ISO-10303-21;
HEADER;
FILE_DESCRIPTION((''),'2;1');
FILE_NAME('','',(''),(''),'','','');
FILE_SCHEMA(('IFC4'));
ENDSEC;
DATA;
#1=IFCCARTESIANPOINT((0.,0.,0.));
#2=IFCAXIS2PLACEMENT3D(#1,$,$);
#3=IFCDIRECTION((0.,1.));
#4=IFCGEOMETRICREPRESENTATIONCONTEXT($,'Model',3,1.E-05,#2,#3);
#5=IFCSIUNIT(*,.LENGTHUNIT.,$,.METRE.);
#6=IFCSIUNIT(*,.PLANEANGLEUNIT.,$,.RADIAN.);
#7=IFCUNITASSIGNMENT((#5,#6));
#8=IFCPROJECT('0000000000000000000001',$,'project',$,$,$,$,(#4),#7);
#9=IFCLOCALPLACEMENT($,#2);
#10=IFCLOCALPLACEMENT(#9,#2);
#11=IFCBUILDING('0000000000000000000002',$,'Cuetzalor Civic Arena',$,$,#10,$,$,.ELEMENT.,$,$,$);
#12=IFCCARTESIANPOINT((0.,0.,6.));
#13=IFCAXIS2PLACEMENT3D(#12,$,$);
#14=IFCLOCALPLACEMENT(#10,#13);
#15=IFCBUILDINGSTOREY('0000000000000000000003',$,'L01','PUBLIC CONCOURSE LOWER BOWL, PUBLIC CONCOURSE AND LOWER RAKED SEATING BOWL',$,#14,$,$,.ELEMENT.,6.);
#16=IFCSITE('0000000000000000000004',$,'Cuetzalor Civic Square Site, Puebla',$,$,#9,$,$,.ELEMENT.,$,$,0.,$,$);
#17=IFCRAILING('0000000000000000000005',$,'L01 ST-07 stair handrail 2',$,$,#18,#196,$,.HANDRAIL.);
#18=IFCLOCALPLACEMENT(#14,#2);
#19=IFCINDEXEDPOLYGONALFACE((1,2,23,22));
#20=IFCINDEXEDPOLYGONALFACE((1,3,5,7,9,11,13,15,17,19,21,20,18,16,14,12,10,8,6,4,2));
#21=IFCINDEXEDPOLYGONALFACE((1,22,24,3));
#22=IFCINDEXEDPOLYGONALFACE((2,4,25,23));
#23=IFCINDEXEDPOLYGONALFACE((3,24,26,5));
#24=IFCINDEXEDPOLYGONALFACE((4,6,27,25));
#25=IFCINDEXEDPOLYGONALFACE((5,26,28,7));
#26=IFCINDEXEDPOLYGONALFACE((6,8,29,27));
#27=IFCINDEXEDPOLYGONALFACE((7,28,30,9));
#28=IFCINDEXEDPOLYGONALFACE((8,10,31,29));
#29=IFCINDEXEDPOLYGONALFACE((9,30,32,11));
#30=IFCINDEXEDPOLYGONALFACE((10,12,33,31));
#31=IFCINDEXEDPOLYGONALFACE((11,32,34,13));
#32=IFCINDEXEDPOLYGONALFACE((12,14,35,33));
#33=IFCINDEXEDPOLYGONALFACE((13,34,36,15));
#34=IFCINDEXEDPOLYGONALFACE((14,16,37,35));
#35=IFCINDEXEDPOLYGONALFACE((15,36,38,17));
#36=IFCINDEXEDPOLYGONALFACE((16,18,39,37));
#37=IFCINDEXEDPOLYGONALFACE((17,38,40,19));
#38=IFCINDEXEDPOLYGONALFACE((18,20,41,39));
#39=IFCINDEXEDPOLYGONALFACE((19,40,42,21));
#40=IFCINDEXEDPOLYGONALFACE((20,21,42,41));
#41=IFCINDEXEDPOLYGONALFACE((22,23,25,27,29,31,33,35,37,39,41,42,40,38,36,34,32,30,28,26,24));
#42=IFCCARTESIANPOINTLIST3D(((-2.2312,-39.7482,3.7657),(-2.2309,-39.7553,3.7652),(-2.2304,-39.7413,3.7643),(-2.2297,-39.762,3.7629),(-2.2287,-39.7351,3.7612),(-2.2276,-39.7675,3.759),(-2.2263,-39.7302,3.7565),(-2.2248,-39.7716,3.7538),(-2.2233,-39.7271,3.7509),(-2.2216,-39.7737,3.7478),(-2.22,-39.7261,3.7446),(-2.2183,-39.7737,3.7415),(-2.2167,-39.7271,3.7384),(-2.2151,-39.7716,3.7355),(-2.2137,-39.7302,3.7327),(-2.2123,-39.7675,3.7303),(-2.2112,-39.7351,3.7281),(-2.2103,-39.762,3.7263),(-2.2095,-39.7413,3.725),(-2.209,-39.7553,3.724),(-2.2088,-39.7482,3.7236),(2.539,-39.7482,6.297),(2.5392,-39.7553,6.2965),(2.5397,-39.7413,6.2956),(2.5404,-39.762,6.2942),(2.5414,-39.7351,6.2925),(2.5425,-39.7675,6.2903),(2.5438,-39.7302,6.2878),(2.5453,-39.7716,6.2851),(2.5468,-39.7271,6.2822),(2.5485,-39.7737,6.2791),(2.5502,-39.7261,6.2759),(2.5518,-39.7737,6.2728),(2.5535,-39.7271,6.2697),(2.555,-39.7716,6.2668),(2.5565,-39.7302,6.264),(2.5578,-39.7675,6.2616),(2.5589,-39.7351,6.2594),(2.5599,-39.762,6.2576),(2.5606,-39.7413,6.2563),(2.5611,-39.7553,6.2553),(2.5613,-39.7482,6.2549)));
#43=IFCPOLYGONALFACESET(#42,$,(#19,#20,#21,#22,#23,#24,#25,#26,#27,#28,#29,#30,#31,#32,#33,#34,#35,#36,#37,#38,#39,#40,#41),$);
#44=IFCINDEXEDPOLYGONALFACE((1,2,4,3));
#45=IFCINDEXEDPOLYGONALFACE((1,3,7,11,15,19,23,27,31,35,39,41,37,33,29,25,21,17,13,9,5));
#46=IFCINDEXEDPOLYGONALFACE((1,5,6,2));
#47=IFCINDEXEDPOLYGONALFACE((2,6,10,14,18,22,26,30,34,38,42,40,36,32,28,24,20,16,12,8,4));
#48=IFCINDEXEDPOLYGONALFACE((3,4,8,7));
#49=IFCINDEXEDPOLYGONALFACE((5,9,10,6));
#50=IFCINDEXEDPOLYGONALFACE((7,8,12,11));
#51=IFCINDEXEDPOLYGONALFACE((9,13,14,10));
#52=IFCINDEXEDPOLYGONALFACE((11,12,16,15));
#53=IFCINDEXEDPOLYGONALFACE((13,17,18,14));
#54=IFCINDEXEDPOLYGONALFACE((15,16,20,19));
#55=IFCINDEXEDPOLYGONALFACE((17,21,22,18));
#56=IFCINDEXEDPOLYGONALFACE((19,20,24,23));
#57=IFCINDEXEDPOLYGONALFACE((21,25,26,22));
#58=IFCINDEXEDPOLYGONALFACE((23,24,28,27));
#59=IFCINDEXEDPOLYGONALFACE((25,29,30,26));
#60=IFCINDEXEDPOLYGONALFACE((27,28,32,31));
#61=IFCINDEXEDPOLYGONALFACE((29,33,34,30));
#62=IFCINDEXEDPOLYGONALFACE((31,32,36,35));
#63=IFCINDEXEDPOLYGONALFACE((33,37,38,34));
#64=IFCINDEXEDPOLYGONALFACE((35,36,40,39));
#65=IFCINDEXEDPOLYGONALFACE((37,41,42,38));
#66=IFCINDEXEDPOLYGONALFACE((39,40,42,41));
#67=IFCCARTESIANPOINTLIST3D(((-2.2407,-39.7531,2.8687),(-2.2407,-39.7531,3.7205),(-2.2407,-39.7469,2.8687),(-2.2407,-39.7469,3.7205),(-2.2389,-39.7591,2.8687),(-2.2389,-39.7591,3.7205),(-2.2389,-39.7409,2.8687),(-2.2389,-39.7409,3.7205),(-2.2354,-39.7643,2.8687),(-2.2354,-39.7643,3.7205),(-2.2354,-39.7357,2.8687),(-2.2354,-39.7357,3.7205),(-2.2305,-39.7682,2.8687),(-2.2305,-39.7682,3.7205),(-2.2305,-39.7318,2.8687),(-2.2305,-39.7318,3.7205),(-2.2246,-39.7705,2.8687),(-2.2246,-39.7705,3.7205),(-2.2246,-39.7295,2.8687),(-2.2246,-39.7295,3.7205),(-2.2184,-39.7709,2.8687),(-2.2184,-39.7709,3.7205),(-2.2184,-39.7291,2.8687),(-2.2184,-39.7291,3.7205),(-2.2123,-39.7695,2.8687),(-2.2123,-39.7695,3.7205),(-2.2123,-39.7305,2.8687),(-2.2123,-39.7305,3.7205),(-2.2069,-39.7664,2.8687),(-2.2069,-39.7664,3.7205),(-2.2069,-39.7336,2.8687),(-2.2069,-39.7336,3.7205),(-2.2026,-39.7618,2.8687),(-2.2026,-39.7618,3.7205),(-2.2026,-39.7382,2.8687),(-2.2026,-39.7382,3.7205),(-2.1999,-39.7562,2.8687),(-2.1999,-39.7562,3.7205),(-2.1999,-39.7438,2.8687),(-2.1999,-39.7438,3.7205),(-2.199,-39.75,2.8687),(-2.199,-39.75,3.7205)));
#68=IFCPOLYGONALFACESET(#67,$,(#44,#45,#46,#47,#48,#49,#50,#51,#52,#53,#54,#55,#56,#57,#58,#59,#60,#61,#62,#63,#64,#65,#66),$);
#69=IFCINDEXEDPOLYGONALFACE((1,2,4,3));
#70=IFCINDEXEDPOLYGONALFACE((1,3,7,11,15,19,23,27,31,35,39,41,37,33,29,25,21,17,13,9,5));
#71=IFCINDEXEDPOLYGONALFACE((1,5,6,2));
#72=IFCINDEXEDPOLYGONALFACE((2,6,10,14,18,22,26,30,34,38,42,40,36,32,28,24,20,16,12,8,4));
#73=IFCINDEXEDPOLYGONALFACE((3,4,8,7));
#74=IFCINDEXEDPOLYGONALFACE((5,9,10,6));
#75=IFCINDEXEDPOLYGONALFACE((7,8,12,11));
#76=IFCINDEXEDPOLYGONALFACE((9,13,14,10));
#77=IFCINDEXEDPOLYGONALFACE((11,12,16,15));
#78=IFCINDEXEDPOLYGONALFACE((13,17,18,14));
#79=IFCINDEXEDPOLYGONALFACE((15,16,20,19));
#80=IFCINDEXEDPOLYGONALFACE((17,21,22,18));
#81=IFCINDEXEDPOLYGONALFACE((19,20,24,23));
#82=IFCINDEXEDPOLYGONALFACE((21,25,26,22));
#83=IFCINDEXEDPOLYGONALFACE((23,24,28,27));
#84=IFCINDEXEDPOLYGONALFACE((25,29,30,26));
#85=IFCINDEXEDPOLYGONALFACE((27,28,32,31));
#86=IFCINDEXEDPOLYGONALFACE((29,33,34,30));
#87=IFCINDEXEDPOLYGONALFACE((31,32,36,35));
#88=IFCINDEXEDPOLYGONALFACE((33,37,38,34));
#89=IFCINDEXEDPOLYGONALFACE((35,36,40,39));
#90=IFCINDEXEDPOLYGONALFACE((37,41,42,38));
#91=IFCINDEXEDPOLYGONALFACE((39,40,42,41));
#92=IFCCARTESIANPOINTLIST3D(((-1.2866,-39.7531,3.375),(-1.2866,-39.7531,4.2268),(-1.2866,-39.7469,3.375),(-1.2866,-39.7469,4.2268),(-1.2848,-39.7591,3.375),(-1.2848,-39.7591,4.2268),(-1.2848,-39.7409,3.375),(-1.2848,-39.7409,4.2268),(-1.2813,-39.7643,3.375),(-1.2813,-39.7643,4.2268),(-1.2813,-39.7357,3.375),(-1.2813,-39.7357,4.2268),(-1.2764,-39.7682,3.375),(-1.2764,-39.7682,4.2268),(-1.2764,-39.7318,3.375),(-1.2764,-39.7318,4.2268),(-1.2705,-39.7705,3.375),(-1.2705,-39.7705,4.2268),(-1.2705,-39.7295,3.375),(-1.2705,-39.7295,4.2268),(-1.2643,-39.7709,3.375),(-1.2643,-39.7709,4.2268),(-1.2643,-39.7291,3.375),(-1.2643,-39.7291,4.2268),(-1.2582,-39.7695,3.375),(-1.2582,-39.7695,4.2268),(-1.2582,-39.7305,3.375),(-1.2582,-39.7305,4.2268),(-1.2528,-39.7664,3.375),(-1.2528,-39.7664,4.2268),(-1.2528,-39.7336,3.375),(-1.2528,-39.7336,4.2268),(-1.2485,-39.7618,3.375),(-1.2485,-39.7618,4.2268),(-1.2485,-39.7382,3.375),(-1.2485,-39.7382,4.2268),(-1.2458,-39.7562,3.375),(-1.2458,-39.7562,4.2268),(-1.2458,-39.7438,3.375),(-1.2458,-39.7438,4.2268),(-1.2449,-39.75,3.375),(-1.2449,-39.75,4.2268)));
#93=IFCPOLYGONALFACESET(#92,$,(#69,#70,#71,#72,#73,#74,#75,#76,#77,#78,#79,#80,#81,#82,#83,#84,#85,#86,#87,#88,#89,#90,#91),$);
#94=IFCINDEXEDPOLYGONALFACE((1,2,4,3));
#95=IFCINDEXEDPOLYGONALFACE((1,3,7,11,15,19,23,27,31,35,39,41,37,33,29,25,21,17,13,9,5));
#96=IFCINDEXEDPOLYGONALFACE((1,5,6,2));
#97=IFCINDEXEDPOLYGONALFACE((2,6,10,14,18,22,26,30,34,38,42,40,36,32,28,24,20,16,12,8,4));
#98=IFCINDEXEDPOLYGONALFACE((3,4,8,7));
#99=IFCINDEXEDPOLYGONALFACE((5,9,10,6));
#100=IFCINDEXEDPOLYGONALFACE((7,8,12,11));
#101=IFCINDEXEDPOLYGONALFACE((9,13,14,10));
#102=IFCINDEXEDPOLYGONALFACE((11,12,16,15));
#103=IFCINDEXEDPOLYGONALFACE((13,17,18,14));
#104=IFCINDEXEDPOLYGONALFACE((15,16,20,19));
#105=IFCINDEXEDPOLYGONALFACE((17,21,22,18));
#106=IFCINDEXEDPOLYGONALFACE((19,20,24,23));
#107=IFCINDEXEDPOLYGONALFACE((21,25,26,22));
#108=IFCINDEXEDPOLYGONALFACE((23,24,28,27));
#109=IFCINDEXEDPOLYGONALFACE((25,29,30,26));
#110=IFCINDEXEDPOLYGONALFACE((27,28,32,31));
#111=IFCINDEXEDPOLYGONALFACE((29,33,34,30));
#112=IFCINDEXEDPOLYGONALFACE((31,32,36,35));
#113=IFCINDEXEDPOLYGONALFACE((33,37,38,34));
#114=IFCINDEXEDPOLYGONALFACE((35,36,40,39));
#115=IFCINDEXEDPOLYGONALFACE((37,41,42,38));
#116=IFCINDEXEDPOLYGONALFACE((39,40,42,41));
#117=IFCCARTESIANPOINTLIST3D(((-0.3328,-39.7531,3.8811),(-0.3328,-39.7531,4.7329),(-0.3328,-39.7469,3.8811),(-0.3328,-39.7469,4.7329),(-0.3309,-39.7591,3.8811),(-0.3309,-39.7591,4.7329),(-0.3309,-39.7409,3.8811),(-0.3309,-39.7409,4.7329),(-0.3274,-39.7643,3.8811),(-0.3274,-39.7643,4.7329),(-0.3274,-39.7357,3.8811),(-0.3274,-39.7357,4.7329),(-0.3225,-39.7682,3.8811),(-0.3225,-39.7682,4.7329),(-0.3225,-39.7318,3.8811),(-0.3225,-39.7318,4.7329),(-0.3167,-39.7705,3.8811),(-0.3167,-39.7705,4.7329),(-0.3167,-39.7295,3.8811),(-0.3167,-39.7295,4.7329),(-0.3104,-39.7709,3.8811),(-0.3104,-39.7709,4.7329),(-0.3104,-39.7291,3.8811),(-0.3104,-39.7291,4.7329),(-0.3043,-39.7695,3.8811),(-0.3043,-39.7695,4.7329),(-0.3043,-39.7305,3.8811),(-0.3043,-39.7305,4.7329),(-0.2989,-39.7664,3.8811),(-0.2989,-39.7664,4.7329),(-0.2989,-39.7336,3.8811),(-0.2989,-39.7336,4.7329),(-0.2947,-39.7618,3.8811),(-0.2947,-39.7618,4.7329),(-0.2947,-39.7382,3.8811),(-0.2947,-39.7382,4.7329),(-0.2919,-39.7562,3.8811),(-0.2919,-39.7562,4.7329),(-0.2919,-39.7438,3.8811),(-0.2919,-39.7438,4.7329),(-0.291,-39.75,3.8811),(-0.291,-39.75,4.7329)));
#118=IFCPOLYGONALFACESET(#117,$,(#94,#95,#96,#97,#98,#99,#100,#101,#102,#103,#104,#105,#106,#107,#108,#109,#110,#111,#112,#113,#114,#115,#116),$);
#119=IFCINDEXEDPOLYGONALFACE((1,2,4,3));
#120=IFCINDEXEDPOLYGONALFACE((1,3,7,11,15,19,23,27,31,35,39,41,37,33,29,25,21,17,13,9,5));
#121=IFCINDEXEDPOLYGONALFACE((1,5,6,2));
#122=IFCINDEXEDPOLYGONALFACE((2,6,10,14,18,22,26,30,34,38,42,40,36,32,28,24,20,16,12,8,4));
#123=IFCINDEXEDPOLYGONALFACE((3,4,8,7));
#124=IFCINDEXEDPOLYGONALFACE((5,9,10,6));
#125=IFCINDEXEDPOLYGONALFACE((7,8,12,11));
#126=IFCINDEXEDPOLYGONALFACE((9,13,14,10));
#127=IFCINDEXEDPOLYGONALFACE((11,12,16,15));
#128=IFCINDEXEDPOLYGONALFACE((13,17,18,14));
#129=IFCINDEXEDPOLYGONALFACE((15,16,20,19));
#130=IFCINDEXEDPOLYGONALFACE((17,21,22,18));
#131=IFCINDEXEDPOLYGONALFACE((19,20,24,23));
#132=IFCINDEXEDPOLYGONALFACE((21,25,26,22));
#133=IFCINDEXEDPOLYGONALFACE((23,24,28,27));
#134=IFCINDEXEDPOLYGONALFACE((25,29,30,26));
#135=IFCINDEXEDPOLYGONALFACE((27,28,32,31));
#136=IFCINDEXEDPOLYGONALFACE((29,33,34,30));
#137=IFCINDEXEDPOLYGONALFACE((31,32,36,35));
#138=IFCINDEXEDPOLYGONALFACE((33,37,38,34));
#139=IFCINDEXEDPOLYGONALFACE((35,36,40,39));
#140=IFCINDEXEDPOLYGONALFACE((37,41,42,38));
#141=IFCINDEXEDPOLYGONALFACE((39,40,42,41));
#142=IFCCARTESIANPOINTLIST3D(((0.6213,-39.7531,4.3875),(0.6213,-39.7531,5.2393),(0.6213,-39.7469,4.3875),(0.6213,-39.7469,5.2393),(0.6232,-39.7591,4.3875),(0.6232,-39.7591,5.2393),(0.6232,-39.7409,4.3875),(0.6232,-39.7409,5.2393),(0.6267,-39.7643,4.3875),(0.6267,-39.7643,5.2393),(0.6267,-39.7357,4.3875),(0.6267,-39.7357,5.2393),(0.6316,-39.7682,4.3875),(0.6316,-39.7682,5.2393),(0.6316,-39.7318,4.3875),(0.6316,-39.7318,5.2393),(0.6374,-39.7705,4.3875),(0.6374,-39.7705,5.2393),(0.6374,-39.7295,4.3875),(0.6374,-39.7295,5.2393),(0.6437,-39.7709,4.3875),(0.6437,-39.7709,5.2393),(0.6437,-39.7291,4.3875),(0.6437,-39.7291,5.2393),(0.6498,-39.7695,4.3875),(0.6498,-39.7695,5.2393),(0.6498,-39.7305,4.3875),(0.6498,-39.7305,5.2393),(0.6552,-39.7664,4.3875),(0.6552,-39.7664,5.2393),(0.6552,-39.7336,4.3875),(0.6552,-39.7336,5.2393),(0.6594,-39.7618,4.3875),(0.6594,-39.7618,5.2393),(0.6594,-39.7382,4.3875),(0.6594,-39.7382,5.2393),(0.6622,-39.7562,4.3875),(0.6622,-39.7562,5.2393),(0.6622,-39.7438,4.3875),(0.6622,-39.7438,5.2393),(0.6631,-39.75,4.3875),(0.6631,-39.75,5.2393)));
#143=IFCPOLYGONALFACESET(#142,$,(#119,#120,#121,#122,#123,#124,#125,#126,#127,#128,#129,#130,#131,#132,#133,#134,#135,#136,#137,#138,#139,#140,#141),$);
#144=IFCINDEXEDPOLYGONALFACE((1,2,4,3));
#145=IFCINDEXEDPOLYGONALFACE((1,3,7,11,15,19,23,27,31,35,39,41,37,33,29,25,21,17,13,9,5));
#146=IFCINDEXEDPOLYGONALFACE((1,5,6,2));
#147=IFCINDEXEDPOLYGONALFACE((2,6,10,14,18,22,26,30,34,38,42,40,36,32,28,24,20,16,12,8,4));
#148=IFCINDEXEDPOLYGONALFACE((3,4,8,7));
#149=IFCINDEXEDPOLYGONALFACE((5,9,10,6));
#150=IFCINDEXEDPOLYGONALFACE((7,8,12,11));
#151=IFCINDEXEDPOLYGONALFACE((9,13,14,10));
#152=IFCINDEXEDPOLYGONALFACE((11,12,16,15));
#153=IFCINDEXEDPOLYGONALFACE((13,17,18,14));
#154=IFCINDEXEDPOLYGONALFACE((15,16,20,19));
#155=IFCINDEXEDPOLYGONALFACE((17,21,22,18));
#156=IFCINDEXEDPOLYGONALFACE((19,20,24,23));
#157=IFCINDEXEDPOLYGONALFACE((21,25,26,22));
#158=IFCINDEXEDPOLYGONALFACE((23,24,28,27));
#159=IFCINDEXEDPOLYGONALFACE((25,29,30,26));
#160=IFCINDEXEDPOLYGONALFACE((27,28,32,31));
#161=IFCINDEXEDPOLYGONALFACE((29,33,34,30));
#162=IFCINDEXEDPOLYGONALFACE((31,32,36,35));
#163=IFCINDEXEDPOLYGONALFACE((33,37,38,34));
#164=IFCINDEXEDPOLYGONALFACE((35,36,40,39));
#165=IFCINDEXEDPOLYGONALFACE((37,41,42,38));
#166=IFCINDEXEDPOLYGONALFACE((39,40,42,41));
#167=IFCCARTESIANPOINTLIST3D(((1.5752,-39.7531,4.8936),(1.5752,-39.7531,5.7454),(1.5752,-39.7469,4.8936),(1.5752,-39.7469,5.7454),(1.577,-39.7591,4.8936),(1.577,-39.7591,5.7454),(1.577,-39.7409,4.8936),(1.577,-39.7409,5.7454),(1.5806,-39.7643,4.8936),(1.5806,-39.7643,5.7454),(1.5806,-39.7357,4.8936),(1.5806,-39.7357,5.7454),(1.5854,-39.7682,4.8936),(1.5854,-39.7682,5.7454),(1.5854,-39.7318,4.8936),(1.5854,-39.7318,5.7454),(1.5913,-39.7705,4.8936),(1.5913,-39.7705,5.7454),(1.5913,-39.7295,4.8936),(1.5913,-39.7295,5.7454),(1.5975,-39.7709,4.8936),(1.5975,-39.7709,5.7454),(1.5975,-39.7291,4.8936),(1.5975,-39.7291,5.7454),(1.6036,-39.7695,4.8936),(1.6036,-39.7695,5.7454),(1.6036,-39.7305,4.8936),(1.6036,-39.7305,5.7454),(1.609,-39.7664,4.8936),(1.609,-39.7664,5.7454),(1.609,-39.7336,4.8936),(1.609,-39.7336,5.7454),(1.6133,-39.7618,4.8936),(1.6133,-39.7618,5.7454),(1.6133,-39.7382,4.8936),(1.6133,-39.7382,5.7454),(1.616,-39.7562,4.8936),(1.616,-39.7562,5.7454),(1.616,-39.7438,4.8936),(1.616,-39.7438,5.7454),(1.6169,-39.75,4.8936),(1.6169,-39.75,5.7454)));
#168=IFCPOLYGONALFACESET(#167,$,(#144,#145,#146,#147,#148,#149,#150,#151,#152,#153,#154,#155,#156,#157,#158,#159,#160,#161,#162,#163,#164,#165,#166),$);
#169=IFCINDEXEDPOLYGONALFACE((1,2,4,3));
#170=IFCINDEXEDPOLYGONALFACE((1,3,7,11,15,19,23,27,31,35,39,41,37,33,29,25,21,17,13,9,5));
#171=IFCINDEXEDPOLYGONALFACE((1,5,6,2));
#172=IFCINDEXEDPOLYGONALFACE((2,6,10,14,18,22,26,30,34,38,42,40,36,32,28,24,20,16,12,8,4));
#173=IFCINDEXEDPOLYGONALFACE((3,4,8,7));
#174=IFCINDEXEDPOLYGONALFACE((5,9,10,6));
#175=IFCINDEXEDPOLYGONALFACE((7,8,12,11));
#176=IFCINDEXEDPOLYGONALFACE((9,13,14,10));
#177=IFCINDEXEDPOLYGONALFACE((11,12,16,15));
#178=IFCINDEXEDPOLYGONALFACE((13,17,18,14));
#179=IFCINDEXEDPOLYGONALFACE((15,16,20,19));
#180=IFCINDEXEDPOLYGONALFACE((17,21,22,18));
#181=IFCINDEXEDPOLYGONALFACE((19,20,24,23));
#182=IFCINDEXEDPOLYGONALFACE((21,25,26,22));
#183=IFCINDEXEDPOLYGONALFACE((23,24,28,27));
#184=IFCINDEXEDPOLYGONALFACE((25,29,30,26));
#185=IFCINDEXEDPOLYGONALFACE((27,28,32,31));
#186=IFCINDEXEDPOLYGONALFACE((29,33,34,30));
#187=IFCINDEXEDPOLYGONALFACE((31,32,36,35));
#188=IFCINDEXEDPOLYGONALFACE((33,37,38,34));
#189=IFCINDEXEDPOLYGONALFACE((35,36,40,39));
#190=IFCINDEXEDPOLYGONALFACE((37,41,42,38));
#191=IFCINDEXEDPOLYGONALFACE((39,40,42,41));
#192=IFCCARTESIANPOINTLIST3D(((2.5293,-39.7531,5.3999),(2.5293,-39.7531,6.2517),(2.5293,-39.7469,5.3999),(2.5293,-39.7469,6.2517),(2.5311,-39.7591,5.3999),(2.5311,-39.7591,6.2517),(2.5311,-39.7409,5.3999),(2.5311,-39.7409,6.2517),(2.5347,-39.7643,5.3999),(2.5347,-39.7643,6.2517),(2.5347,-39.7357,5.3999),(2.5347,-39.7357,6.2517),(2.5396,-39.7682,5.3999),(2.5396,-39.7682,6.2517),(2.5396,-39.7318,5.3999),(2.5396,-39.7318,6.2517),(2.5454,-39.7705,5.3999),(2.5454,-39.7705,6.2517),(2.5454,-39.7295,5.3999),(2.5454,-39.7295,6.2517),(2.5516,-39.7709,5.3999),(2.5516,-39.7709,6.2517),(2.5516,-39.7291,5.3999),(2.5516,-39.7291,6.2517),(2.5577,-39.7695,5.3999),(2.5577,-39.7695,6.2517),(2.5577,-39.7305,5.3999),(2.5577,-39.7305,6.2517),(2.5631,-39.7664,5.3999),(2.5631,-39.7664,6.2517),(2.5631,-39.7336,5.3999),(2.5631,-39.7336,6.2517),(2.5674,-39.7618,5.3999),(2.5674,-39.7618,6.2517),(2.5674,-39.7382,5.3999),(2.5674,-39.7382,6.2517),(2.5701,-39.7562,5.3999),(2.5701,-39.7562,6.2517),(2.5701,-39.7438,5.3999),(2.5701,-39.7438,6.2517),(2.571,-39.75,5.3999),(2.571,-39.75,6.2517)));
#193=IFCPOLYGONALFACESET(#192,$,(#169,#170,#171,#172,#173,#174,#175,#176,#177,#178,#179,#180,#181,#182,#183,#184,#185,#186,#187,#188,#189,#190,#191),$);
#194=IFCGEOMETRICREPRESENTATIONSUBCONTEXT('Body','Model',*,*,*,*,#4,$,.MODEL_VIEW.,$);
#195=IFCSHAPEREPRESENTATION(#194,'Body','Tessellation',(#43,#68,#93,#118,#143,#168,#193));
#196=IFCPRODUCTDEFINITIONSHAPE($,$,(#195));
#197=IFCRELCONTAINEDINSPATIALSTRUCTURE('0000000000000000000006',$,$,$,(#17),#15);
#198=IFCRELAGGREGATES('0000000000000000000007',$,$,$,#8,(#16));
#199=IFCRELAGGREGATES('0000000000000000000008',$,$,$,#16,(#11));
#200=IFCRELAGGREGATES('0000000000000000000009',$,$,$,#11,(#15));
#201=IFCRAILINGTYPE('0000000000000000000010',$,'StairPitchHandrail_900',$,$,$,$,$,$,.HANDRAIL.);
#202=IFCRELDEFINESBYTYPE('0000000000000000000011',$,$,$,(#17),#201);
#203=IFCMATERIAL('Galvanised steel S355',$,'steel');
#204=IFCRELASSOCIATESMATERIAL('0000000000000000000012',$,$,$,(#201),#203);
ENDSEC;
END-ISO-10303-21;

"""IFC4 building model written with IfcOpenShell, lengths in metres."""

from ifc_helpers import new_model, si_unit, direction, frame, origin, origin_2d, place, context, subcontext, project, spatial, circle, extrude, material, type_object, element, save


model = new_model("IFC4")

# Units and contexts
model_context = context("Model", 3, precision=1e-05, world=origin(), true_north=direction((0.0, 1.0)))
body_context = subcontext(model_context, "Body", "Model", "MODEL_VIEW")
ifc_project = project(units=[si_unit("LENGTHUNIT", "METRE"), si_unit("PLANEANGLEUNIT", "RADIAN")], contexts=[model_context])

# Site, building, storey
site_placement = place(None, origin())
site = spatial("IfcSite", under=ifc_project, at=site_placement, Name="Cuetzalor Civic Square Site, Puebla", CompositionType="ELEMENT", RefElevation=0.0)
building_placement = place(site_placement, origin())
building = spatial("IfcBuilding", under=site, at=building_placement, Name="Cuetzalor Civic Arena", CompositionType="ELEMENT")
storey_placement = place(building_placement, frame((0.0, 0.0, 6.0)))
storey = spatial("IfcBuildingStorey", under=building, at=storey_placement, Name="L01", Description="PUBLIC CONCOURSE LOWER BOWL, PUBLIC CONCOURSE AND LOWER RAKED SEATING BOWL", CompositionType="ELEMENT", Elevation=6.0)

# Railing
ifc_material_1 = material(Name="Galvanised steel S355", Category="steel")
railing_type_1 = type_object("IfcRailingType", Name="StairPitchHandrail_900", PredefinedType="HANDRAIL", material=ifc_material_1)
railing_1_placement = place(storey_placement, frame((-2.22, -39.75, 2.8687)))
element("IfcRailing", 1, at=railing_1_placement, inside=storey, type_object=railing_type_1, Name="L01 ST-07 stair handrail 2", PredefinedType="HANDRAIL", context=body_context, shape_type="SweptSolid", body=[
    extrude(circle(Radius=0.0239, at=origin_2d()), frame((0.0, 0.0, 0.876), z_axis=(0.883332, 0.0, 0.468747), x_axis=(0.0, 1.0, 0.0)), (0.0, 0.0, 1.0), 5.4001),
    extrude(circle(Radius=0.021, at=origin_2d()), origin(), (0.0, 0.0, 1.0), 0.8518),
    extrude(circle(Radius=0.021, at=origin_2d()), frame((0.9541, 0.0, 0.5063)), (0.0, 0.0, 1.0), 0.8518),
    extrude(circle(Radius=0.021, at=origin_2d()), frame((1.908, 0.0, 1.0125)), (0.0, 0.0, 1.0), 0.8518),
    extrude(circle(Radius=0.021, at=origin_2d()), frame((2.8621, 0.0, 1.5188)), (0.0, 0.0, 1.0), 0.8518),
    extrude(circle(Radius=0.021, at=origin_2d()), frame((3.8159, 0.0, 2.0249)), (0.0, 0.0, 1.0), 0.8518),
    extrude(circle(Radius=0.021, at=origin_2d()), frame((4.77, 0.0, 2.5312)), (0.0, 0.0, 1.0), 0.8518),
])

save(model, "model.ifc")
